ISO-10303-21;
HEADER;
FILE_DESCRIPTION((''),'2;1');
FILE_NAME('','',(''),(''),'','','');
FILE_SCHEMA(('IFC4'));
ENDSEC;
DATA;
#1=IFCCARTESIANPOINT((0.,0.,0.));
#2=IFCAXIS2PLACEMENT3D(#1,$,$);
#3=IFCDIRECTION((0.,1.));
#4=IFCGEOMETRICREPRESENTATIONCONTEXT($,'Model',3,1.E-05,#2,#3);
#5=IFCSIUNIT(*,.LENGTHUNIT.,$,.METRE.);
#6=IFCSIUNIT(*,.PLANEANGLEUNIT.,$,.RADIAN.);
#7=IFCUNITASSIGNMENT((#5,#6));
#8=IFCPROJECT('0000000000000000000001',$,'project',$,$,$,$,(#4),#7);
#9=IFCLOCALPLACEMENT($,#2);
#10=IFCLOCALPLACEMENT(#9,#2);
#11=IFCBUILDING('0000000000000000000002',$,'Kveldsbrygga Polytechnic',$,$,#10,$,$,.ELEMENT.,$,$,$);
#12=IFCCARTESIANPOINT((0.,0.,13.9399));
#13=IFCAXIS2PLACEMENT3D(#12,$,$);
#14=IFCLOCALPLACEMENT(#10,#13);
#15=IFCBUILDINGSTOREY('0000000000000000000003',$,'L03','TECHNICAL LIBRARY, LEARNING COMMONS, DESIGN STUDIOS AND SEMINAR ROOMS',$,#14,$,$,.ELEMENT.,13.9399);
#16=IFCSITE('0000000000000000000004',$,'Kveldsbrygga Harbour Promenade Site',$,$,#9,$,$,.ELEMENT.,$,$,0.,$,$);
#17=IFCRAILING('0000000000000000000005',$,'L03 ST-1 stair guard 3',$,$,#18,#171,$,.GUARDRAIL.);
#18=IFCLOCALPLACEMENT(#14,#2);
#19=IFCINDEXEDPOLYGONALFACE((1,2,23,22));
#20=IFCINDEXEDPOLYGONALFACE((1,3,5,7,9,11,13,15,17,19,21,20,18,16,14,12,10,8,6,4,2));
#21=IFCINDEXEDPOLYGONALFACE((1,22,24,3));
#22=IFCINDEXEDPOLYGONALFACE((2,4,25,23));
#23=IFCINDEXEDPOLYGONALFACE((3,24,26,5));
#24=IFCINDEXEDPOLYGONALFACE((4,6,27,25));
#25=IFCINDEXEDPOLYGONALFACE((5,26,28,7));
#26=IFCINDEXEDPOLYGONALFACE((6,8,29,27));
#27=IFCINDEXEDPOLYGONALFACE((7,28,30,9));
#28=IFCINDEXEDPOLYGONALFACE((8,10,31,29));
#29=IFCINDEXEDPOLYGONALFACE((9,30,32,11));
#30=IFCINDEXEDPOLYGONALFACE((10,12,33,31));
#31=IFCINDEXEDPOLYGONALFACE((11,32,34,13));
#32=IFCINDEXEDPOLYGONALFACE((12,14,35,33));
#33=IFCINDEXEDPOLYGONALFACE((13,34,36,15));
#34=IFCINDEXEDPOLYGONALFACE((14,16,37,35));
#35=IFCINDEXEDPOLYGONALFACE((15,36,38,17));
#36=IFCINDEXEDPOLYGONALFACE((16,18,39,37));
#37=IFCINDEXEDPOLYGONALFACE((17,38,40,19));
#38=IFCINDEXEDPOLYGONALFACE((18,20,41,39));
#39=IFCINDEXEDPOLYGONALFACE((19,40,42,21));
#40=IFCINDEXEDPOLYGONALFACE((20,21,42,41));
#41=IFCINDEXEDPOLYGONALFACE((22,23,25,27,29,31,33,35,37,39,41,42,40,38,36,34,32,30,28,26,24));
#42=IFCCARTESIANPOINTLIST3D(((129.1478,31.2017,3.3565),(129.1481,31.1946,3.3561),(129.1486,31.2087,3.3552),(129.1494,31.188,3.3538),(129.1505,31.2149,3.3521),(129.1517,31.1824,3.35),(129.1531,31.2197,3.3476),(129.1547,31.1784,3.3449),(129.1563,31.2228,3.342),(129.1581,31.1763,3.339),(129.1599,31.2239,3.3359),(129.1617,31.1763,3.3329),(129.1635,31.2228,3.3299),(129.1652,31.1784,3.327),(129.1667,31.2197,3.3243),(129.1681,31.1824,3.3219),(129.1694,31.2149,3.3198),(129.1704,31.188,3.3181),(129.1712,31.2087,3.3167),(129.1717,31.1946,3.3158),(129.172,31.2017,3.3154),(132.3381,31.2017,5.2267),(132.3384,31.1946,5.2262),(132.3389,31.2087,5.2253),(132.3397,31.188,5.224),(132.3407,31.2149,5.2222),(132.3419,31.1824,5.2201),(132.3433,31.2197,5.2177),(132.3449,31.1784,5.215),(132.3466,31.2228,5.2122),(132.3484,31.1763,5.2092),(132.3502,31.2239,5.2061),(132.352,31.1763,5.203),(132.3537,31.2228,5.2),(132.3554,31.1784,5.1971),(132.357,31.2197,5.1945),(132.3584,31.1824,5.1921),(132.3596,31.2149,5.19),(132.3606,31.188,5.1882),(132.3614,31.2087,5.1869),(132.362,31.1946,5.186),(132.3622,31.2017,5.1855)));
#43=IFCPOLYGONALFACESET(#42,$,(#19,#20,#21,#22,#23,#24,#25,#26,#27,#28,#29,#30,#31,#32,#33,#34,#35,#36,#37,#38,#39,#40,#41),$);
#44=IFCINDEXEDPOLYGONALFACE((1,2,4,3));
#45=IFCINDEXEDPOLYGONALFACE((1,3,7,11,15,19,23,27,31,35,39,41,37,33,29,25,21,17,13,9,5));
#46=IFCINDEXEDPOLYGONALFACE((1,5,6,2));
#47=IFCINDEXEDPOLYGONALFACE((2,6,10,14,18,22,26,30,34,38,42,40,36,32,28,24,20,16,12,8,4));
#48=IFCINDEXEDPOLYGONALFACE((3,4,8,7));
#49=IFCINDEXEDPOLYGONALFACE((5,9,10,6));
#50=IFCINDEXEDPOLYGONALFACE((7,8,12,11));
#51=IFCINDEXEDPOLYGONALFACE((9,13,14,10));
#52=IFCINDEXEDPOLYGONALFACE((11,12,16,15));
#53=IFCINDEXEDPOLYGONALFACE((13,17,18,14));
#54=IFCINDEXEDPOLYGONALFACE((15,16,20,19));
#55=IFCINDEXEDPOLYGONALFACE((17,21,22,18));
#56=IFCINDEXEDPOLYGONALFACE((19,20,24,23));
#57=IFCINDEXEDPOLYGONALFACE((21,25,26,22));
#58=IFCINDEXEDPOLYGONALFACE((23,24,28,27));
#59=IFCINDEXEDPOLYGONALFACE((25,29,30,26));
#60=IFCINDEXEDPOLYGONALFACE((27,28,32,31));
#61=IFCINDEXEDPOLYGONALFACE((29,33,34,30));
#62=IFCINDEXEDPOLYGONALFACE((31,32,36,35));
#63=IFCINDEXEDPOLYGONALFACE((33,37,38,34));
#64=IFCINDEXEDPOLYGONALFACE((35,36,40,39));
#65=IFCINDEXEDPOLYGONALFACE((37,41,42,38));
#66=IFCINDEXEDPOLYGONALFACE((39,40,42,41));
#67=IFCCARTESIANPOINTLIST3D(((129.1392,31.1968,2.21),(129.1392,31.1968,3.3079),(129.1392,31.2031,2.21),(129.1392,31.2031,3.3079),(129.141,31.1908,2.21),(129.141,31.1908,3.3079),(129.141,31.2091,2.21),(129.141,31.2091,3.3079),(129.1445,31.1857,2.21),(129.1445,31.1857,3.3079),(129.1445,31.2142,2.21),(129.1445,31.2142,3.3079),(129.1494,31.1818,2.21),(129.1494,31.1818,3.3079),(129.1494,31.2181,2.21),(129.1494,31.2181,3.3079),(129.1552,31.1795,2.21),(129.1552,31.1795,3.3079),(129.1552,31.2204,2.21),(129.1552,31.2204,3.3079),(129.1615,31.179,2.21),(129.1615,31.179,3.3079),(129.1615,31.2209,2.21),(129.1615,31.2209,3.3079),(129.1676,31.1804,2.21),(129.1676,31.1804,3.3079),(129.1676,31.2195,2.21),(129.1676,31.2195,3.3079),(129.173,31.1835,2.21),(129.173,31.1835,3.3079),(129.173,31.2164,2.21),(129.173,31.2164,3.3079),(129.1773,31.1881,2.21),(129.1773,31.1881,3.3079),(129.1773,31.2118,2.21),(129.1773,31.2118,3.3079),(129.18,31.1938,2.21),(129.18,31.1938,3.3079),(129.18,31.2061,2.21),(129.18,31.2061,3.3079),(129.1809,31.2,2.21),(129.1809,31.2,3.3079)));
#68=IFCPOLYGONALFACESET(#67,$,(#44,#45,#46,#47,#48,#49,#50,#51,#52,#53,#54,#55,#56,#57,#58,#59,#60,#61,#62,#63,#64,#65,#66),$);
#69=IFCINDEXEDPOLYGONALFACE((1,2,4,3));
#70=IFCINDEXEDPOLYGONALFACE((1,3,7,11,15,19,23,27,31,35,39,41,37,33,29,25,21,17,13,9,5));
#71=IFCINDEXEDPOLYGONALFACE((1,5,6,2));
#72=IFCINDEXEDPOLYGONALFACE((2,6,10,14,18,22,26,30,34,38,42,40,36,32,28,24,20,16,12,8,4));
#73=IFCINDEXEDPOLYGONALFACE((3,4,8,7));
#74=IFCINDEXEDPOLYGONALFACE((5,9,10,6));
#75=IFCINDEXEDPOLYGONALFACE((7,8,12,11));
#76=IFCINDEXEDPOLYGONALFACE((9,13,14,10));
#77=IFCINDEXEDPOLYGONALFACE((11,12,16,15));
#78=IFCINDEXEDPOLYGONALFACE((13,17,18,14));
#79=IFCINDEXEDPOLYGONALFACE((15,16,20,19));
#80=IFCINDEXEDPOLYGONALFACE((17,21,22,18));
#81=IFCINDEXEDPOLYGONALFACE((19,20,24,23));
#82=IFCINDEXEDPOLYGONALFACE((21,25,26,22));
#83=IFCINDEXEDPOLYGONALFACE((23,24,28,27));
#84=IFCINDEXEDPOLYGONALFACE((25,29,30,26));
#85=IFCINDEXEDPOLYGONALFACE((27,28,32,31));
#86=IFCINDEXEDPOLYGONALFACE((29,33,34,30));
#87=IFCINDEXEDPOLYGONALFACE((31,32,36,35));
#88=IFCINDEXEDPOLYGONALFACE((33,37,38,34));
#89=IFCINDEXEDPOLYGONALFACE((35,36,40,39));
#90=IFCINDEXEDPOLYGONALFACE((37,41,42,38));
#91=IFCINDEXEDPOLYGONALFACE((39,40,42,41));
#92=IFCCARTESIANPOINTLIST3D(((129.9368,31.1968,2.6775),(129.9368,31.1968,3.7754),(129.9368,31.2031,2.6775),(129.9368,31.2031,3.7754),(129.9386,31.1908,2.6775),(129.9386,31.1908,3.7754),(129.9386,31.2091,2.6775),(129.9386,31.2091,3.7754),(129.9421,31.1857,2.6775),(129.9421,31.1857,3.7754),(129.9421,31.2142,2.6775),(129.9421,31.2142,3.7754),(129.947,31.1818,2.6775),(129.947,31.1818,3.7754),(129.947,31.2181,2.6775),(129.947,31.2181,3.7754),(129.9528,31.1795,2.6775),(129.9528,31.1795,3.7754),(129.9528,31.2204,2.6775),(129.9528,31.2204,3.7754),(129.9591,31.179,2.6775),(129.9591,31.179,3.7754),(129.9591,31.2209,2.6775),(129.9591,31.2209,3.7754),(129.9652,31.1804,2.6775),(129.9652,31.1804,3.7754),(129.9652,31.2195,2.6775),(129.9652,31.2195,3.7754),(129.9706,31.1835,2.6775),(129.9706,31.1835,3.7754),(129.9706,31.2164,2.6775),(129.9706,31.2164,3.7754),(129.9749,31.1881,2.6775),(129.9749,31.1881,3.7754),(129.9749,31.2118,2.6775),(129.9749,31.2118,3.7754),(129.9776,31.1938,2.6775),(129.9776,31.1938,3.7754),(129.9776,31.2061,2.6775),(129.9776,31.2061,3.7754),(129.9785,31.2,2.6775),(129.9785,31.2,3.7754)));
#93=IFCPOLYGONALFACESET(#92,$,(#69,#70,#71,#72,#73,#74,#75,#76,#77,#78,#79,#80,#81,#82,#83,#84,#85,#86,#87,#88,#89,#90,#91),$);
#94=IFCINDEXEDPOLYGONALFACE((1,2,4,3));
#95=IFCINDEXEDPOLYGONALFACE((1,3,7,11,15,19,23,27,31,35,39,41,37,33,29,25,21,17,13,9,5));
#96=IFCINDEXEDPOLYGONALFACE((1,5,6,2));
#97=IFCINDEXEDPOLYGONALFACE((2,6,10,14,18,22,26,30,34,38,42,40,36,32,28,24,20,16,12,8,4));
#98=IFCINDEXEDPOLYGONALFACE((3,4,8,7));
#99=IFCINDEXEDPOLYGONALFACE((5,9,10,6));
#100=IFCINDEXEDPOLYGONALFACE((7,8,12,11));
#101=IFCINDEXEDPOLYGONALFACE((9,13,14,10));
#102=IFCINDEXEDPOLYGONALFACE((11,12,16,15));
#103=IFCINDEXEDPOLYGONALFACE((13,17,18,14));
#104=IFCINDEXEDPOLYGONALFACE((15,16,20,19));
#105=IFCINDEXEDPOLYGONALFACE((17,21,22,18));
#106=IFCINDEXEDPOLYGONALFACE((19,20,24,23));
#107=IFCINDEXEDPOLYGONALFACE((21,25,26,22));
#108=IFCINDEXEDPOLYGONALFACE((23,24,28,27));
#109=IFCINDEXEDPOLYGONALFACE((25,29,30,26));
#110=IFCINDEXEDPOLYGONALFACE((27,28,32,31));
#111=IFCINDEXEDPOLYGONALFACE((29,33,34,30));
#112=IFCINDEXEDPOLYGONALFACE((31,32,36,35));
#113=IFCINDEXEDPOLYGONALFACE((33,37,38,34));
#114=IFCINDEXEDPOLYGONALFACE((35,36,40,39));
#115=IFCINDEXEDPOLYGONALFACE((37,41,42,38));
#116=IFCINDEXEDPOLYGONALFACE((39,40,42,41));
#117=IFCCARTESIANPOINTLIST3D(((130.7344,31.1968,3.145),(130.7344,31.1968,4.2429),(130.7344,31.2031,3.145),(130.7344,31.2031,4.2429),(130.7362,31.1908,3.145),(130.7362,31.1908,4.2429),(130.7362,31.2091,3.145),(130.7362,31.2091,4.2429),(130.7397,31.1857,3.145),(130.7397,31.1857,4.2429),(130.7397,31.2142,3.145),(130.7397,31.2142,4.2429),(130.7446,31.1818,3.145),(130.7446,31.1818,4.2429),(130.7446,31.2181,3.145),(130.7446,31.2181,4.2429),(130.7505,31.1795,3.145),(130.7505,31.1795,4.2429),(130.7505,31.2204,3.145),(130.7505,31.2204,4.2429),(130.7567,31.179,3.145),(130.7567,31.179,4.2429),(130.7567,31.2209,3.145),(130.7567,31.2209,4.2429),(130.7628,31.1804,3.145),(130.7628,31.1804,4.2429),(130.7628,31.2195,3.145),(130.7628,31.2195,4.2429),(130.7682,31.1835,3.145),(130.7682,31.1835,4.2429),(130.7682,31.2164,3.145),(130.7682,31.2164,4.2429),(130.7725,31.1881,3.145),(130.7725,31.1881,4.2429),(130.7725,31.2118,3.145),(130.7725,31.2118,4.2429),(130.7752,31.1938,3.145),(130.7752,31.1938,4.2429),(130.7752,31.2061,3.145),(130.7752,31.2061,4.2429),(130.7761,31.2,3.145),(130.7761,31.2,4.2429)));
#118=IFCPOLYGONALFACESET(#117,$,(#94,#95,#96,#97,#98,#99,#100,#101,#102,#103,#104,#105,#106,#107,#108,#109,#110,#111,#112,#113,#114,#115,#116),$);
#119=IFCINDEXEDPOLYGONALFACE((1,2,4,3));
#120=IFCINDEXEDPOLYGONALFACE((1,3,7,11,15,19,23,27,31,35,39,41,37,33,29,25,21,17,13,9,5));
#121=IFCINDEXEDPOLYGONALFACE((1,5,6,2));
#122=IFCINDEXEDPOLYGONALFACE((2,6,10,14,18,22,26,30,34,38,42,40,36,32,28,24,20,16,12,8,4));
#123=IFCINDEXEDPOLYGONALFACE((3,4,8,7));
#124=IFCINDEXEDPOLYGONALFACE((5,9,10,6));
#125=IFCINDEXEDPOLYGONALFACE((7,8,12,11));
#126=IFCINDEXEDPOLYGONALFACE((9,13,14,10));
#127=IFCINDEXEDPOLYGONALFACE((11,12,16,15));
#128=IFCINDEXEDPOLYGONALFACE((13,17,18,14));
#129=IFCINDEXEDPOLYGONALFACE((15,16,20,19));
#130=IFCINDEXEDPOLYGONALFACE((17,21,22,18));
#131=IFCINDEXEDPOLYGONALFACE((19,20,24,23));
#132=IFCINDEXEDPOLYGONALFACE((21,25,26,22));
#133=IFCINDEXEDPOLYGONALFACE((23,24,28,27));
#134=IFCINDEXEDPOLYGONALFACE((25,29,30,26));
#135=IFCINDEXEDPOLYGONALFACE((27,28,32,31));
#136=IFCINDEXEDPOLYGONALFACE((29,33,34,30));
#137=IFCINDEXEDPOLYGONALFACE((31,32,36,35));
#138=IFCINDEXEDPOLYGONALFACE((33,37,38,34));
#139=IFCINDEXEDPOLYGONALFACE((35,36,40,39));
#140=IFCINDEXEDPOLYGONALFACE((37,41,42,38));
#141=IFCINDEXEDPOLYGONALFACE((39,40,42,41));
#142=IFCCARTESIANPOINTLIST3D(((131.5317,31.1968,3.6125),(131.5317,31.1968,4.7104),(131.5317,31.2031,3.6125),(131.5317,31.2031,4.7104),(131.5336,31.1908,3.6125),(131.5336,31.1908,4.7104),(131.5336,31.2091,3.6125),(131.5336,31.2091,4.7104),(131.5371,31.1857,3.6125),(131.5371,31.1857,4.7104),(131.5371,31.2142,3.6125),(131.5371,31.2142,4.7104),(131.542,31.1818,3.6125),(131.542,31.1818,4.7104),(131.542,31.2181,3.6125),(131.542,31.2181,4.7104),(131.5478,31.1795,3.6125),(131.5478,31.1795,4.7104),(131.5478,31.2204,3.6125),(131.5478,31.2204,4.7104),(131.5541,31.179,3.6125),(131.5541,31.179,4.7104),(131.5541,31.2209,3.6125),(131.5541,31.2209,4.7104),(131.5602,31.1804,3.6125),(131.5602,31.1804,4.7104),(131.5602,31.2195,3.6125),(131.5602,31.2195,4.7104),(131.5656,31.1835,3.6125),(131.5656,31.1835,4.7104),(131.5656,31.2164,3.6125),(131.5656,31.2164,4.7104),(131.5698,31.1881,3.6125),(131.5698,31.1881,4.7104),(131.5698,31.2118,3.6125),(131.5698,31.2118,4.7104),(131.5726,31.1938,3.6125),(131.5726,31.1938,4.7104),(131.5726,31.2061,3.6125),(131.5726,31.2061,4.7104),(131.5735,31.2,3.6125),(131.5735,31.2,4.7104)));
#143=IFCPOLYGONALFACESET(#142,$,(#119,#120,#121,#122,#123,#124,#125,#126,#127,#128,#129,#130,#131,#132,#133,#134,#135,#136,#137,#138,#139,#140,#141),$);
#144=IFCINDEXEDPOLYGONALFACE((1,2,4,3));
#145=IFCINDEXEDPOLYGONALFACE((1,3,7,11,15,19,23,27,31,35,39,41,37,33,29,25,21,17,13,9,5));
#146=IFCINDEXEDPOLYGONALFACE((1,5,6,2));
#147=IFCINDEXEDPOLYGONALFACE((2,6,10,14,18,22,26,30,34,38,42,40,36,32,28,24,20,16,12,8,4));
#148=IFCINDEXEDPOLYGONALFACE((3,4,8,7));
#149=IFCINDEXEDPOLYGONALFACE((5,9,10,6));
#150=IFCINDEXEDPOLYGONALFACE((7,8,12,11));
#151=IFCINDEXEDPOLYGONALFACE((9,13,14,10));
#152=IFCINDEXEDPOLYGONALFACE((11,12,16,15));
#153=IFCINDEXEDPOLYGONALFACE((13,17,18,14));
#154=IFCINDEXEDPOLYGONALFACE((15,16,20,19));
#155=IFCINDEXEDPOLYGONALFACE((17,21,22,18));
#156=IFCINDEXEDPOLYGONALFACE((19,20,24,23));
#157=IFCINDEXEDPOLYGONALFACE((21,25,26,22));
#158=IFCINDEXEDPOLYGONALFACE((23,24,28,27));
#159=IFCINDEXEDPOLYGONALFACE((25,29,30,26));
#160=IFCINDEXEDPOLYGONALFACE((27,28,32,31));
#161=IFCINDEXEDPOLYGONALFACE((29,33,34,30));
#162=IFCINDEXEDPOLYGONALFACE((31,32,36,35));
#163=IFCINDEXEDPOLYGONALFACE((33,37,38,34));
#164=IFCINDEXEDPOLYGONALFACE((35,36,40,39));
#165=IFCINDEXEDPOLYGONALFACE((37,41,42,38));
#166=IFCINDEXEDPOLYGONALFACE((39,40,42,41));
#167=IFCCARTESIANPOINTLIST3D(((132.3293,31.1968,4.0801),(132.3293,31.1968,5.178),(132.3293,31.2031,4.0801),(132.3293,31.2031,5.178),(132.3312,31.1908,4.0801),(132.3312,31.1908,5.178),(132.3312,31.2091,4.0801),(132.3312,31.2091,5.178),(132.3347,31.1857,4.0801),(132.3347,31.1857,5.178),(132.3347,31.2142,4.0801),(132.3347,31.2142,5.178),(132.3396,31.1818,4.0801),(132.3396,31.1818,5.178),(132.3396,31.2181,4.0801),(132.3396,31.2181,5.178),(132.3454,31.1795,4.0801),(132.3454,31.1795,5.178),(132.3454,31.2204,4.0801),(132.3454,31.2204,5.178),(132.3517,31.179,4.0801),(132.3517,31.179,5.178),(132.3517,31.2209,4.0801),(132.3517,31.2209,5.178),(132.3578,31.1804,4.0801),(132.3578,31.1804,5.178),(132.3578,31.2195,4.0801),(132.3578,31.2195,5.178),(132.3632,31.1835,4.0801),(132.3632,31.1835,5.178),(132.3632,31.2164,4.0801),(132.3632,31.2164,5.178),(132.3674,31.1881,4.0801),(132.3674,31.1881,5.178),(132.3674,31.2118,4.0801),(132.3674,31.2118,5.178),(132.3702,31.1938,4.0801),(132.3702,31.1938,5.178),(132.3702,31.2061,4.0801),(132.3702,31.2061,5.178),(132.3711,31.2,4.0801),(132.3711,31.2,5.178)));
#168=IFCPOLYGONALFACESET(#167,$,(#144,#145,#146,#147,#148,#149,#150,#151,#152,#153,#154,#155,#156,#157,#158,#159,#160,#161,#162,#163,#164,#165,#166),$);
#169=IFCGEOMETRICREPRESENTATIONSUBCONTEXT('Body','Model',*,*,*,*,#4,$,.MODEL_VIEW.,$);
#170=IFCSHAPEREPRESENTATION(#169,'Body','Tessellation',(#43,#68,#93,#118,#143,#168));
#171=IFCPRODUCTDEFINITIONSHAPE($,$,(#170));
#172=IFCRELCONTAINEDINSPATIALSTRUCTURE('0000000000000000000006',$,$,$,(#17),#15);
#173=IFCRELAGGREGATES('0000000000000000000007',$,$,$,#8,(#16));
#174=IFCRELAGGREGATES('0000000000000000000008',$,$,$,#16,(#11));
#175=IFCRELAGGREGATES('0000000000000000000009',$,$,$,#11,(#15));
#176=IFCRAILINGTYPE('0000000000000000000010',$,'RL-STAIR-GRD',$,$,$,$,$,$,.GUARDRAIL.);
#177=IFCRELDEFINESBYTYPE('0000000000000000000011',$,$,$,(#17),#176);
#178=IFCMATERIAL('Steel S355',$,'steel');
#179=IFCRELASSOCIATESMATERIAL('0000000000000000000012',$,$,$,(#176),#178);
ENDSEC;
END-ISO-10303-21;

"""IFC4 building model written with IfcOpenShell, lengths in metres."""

from ifc_helpers import new_model, si_unit, direction, frame, origin, origin_2d, place, context, subcontext, project, spatial, circle, extrude, material, type_object, element, save


model = new_model("IFC4")

# Units and contexts
model_context = context("Model", 3, precision=1e-05, world=origin(), true_north=direction((0.0, 1.0)))
body_context = subcontext(model_context, "Body", "Model", "MODEL_VIEW")
ifc_project = project(units=[si_unit("LENGTHUNIT", "METRE"), si_unit("PLANEANGLEUNIT", "RADIAN")], contexts=[model_context])

# Site, building, storey
site_placement = place(None, origin())
site = spatial("IfcSite", under=ifc_project, at=site_placement, Name="Kveldsbrygga Harbour Promenade Site", CompositionType="ELEMENT", RefElevation=0.0)
building_placement = place(site_placement, origin())
building = spatial("IfcBuilding", under=site, at=building_placement, Name="Kveldsbrygga Polytechnic", CompositionType="ELEMENT")
storey_placement = place(building_placement, frame((0.0, 0.0, 13.9399)))
storey = spatial("IfcBuildingStorey", under=building, at=storey_placement, Name="L03", Description="TECHNICAL LIBRARY, LEARNING COMMONS, DESIGN STUDIOS AND SEMINAR ROOMS", CompositionType="ELEMENT", Elevation=13.9399)

# Railing
ifc_material_1 = material(Name="Steel S355", Category="steel")
railing_type_1 = type_object("IfcRailingType", Name="RL-STAIR-GRD", PredefinedType="GUARDRAIL", material=ifc_material_1)
railing_1_placement = place(storey_placement, frame((129.1599, 31.2, 2.21)))
element("IfcRailing", 1, at=railing_1_placement, inside=storey, type_object=railing_type_1, Name="L03 ST-1 stair guard 3", PredefinedType="GUARDRAIL", context=body_context, shape_type="SweptSolid", body=[
    extrude(circle(Radius=0.0239, at=origin_2d()), frame((0.0, 0.0, 1.126), z_axis=(0.862697, 0.0, 0.505721), x_axis=(0.0, 1.0, 0.0)), (0.0, 0.0, 1.0), 3.698),
    extrude(circle(Radius=0.021, at=origin_2d()), origin(), (0.0, 0.0, 1.0), 1.0979),
    extrude(circle(Radius=0.021, at=origin_2d()), frame((0.7976, 0.0, 0.4675)), (0.0, 0.0, 1.0), 1.0979),
    extrude(circle(Radius=0.021, at=origin_2d()), frame((1.5952, 0.0, 0.9351)), (0.0, 0.0, 1.0), 1.0979),
    extrude(circle(Radius=0.021, at=origin_2d()), frame((2.3926, 0.0, 1.4026)), (0.0, 0.0, 1.0), 1.0979),
    extrude(circle(Radius=0.021, at=origin_2d()), frame((3.1902, 0.0, 1.8701)), (0.0, 0.0, 1.0), 1.0979),
])

save(model, "model.ifc")
